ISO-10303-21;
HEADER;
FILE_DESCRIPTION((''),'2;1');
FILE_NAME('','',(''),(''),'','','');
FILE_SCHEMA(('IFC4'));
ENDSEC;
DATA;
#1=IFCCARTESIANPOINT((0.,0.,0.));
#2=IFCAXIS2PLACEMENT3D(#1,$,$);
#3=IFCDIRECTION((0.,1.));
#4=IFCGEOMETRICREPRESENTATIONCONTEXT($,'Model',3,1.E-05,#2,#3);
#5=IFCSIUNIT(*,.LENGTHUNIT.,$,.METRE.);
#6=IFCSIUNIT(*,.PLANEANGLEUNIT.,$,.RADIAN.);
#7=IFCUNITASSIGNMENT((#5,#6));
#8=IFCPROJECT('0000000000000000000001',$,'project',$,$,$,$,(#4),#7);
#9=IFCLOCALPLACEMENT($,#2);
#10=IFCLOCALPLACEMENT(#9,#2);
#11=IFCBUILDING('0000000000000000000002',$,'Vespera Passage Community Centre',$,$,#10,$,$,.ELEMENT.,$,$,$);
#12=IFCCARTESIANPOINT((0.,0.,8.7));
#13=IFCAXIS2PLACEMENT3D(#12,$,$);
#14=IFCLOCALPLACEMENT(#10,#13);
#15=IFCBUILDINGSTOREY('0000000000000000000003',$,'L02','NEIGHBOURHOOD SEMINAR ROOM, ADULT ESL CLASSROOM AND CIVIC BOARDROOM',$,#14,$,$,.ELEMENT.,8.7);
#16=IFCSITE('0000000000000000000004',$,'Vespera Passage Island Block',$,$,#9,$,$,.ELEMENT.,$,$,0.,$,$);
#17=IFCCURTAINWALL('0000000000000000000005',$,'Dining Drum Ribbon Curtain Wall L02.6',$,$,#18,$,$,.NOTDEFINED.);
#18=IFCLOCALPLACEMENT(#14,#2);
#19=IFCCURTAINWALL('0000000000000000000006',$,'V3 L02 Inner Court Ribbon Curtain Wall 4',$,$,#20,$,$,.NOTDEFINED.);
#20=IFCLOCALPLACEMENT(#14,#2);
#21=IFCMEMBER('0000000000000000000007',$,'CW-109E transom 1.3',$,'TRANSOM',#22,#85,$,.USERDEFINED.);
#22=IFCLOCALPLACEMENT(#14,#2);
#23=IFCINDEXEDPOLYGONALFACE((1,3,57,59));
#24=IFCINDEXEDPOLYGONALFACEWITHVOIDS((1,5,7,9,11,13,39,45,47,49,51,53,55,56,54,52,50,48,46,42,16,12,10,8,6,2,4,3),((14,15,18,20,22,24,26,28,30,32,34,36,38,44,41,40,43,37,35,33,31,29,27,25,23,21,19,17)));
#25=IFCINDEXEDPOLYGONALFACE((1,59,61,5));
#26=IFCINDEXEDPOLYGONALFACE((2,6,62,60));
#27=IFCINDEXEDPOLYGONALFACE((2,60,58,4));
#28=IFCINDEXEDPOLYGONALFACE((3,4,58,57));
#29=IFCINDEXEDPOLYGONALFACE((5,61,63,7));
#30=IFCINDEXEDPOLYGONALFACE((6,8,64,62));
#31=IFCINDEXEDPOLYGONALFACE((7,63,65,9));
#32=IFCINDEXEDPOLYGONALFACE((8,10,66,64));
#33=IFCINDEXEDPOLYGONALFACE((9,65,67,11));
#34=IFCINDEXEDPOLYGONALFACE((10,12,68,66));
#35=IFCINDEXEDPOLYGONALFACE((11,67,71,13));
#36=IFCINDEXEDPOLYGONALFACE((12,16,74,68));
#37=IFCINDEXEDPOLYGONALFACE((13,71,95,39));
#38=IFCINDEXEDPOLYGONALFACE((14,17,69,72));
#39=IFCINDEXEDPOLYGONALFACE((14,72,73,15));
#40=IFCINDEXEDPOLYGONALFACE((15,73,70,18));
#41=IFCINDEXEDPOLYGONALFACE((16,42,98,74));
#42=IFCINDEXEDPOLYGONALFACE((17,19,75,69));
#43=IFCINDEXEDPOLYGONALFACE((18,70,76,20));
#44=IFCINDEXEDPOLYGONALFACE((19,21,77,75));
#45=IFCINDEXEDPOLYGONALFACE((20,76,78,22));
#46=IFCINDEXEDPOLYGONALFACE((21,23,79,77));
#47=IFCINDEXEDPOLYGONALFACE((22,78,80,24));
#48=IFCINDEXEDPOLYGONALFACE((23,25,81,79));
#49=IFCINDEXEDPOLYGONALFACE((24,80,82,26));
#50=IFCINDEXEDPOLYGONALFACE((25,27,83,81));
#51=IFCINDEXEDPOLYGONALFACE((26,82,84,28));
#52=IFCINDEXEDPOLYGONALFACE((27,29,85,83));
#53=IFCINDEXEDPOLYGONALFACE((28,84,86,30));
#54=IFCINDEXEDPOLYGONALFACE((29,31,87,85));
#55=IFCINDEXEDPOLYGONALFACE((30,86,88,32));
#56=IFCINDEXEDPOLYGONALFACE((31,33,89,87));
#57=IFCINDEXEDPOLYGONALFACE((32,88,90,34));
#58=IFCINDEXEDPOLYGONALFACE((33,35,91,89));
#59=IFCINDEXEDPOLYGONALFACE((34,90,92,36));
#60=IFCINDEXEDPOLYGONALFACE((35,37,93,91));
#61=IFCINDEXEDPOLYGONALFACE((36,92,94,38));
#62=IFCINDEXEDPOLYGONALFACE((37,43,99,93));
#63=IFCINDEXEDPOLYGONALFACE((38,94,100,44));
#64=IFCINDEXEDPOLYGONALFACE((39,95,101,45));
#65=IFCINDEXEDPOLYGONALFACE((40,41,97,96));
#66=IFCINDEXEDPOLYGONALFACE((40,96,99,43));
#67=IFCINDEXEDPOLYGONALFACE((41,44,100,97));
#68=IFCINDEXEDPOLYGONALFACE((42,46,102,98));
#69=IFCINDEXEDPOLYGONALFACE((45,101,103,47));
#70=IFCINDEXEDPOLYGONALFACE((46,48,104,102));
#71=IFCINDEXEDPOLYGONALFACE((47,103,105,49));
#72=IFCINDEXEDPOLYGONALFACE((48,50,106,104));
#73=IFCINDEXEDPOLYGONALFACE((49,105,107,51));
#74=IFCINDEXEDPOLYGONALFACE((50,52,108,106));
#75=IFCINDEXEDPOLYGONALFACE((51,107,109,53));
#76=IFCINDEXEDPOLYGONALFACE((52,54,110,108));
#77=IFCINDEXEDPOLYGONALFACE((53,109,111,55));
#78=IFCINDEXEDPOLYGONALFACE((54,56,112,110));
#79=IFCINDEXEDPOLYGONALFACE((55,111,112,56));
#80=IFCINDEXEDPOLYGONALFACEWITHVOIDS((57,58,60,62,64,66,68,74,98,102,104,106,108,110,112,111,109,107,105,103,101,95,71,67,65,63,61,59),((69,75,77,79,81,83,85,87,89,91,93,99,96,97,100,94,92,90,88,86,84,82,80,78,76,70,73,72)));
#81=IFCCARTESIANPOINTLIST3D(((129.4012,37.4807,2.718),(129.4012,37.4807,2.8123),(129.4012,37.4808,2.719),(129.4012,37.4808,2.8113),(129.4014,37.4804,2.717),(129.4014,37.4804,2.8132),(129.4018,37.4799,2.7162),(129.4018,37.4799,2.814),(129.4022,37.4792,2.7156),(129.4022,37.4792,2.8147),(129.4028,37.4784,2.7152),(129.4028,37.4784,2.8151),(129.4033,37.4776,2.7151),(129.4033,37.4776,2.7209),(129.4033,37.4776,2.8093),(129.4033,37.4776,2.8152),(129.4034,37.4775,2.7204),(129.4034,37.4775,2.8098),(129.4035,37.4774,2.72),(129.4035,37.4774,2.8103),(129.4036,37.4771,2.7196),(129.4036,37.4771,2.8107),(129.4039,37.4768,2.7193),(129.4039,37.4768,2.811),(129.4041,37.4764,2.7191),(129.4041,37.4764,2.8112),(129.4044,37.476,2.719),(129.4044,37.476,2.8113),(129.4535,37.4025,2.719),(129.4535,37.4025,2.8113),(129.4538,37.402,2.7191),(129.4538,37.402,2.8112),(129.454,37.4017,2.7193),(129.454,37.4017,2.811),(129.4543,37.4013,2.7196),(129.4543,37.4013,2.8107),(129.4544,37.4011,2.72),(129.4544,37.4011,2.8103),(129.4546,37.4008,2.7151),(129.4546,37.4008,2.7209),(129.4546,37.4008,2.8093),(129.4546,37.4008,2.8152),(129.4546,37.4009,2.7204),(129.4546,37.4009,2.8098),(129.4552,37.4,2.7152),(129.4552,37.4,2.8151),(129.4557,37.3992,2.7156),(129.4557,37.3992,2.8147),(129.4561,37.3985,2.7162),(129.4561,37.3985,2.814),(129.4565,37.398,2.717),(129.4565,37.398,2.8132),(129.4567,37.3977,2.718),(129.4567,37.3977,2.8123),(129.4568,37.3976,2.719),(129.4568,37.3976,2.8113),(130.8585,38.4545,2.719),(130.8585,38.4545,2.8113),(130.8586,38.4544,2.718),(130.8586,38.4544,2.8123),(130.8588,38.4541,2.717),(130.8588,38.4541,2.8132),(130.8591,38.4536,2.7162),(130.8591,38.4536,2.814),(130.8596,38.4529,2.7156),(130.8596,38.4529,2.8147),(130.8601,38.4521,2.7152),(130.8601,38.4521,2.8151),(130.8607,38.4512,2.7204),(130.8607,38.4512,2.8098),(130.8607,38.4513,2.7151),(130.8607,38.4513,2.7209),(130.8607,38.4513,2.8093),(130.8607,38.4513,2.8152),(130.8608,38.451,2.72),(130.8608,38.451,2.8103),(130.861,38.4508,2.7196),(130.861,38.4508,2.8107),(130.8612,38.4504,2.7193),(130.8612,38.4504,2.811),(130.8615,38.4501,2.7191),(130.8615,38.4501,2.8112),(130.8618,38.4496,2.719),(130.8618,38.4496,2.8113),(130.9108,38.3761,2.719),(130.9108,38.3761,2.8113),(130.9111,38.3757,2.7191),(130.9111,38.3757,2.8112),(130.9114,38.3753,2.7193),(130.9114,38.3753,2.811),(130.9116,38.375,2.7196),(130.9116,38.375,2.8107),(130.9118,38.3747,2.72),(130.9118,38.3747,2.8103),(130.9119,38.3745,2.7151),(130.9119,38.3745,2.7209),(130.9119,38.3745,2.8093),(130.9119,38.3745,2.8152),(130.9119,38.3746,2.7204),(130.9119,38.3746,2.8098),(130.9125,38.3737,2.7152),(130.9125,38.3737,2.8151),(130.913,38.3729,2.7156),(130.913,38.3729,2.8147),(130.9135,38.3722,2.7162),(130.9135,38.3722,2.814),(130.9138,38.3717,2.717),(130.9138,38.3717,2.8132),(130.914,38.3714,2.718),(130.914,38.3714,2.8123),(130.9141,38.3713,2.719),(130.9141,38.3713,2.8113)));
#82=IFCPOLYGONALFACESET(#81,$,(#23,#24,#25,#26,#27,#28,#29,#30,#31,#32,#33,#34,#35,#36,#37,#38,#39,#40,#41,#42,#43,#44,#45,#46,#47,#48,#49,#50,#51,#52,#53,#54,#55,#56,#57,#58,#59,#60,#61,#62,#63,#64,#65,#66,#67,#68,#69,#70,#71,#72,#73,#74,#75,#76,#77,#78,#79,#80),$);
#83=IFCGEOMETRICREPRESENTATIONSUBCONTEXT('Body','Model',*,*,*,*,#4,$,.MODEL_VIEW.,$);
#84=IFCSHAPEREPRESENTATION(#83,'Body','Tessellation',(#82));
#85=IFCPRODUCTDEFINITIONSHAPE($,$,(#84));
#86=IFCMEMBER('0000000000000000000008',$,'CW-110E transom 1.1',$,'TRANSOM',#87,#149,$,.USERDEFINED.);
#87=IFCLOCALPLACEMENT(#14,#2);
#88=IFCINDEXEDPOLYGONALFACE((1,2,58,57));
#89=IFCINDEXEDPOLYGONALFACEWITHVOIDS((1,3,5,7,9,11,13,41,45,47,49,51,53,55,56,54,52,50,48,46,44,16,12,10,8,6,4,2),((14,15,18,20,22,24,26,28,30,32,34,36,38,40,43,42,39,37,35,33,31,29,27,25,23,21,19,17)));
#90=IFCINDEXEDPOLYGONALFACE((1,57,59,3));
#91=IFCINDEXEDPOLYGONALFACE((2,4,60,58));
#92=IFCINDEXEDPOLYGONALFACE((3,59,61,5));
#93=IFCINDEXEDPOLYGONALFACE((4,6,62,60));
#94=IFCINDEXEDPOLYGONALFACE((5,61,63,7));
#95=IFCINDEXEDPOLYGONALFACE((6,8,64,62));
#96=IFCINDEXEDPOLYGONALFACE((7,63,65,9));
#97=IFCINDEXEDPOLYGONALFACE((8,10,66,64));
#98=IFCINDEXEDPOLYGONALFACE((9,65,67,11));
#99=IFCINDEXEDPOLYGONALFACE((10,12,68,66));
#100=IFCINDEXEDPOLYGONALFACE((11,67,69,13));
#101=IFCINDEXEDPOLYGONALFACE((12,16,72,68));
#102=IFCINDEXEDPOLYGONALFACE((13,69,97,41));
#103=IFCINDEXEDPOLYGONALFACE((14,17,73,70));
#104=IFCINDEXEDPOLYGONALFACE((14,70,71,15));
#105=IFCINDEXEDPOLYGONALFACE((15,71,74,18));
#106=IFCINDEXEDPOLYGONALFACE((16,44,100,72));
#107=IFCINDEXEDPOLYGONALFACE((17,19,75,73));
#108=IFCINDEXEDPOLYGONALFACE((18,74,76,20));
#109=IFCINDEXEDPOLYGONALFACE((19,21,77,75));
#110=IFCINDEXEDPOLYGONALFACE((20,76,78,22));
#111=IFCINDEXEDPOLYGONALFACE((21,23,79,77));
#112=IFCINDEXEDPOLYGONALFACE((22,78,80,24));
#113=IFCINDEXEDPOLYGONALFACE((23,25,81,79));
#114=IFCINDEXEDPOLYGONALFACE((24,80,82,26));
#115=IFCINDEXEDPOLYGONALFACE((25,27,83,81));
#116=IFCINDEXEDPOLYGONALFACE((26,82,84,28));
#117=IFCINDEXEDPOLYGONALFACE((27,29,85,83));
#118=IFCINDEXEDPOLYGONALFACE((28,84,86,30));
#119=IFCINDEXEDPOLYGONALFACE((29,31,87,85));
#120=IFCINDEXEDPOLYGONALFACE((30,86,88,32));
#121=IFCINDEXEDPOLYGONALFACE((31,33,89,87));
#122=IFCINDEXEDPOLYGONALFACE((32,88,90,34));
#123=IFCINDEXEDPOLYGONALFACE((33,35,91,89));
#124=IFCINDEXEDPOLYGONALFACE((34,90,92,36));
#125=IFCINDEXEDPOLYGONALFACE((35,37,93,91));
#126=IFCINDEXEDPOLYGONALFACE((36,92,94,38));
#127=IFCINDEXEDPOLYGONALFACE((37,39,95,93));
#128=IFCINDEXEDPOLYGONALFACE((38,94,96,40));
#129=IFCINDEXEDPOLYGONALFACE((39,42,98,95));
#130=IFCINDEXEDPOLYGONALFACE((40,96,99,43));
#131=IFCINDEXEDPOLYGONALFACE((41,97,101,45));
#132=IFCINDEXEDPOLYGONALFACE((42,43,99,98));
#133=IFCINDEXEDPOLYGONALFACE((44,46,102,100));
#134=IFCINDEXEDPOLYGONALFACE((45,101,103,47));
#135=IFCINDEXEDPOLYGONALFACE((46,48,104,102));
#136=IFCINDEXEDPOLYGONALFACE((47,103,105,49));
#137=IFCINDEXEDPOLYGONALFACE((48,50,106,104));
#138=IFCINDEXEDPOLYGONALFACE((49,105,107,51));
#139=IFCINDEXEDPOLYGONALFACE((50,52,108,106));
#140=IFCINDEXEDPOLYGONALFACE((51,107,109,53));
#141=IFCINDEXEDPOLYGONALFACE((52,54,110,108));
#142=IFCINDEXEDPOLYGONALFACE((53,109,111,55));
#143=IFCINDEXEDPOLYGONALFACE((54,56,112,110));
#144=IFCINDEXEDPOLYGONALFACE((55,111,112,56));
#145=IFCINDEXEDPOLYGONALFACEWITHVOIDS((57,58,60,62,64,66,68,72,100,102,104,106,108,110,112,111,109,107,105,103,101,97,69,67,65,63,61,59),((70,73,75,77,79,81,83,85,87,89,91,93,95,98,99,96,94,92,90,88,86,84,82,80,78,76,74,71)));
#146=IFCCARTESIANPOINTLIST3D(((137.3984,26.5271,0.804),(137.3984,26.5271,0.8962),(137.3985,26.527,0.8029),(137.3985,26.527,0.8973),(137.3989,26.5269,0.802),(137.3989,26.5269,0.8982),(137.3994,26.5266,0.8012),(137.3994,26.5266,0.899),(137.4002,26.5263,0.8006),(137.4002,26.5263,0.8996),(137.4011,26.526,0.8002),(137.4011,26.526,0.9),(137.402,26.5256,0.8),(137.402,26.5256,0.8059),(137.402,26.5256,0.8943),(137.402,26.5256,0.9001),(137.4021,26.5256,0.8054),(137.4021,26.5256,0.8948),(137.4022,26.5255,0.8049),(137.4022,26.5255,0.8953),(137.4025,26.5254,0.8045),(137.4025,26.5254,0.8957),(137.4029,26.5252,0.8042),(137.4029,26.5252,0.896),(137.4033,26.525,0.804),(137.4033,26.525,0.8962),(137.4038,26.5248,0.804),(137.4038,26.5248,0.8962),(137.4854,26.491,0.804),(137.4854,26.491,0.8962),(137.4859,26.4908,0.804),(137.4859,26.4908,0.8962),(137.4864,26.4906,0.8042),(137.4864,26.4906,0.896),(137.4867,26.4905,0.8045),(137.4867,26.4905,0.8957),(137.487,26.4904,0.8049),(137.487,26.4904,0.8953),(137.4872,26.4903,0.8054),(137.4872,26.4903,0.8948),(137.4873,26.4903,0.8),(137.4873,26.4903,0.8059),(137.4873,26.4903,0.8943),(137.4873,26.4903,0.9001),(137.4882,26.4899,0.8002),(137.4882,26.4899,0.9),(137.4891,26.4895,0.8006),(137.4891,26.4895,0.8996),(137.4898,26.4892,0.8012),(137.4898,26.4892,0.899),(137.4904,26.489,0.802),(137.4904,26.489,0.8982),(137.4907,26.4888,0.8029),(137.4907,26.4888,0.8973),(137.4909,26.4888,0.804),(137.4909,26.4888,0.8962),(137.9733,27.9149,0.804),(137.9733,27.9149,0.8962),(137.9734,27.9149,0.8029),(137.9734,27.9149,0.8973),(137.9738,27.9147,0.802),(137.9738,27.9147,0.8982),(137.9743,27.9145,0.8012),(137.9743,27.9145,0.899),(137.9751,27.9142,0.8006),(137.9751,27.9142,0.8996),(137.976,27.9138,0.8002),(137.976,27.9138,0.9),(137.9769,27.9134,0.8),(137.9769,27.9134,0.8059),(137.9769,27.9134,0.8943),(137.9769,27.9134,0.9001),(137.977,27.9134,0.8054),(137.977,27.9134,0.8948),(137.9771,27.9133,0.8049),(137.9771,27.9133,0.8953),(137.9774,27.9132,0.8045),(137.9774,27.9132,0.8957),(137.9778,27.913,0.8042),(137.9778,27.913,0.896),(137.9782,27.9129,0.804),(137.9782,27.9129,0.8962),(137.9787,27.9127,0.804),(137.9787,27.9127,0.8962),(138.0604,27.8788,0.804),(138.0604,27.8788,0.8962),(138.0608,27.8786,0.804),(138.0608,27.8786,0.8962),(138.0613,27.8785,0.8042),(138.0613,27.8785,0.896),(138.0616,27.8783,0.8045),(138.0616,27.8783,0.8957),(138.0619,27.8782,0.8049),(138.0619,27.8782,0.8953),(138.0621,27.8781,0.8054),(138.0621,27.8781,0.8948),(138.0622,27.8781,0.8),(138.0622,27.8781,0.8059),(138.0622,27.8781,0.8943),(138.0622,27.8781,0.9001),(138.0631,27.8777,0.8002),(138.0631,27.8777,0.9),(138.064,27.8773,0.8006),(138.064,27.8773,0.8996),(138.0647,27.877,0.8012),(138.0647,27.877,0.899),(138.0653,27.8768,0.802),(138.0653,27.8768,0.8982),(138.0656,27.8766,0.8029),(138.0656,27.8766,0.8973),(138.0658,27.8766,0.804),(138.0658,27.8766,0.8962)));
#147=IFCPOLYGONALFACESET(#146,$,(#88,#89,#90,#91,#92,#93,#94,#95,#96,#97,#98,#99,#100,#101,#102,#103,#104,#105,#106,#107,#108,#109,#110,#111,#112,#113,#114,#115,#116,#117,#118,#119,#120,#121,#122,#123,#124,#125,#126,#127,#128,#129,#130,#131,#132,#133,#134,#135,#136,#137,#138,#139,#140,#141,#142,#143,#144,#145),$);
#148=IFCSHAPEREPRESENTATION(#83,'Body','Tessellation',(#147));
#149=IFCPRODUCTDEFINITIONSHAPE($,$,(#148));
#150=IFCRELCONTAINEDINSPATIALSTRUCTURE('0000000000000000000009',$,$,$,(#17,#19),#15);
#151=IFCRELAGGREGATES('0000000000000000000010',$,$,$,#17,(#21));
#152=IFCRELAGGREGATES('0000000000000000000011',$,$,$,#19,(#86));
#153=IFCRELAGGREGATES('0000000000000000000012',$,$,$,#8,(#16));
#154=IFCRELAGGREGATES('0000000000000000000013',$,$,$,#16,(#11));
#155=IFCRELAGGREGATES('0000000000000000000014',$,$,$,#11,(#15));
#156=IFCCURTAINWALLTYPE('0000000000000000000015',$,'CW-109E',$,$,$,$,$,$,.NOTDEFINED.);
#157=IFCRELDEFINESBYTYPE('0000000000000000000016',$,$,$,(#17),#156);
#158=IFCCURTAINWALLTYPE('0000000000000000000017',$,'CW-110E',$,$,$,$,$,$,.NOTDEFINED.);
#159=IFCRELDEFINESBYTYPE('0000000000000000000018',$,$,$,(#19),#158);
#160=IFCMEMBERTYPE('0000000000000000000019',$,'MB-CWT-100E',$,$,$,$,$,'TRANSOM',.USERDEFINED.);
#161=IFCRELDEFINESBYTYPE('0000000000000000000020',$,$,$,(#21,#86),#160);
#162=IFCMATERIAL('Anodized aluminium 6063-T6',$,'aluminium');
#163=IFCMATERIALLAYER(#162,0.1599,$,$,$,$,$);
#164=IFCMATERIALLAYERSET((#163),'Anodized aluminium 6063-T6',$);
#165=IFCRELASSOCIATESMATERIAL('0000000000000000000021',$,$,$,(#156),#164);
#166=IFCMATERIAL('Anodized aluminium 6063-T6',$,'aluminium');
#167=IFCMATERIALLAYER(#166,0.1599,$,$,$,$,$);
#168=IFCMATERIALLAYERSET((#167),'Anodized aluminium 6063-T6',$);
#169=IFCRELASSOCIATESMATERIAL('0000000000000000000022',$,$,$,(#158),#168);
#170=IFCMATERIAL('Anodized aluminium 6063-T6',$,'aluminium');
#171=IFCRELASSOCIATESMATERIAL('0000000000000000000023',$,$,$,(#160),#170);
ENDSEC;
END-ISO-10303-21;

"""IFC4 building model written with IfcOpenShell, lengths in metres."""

from ifc_helpers import new_model, si_unit, direction, frame, origin, origin_2d, place, context, subcontext, project, spatial, hollow_rectangle, extrude, material, layer, layer_set, material_profile, profile_set, type_object, element, aggregate, save


model = new_model("IFC4")

# Units and contexts
model_context = context("Model", 3, precision=1e-05, world=origin(), true_north=direction((0.0, 1.0)))
body_context = subcontext(model_context, "Body", "Model", "MODEL_VIEW")
ifc_project = project(units=[si_unit("LENGTHUNIT", "METRE"), si_unit("PLANEANGLEUNIT", "RADIAN")], contexts=[model_context])

# Site, building, storey
site_placement = place(None, origin())
site = spatial("IfcSite", under=ifc_project, at=site_placement, Name="Vespera Passage Island Block", CompositionType="ELEMENT", RefElevation=0.0)
building_placement = place(site_placement, origin())
building = spatial("IfcBuilding", under=site, at=building_placement, Name="Vespera Passage Community Centre", CompositionType="ELEMENT")
storey_placement = place(building_placement, frame((0.0, 0.0, 8.7)))
storey = spatial("IfcBuildingStorey", under=building, at=storey_placement, Name="L02", Description="NEIGHBOURHOOD SEMINAR ROOM, ADULT ESL CLASSROOM AND CIVIC BOARDROOM", CompositionType="ELEMENT", Elevation=8.7)

# Curtain wall
ifc_material_1 = material(Name="Anodized aluminium 6063-T6", Category="aluminium")
ifc_layer_1 = layer(ifc_material_1, 0.1599)
ifc_layer_set_1 = layer_set([ifc_layer_1], Name="Anodized aluminium 6063-T6")
curtain_wall_type_1 = type_object("IfcCurtainWallType", Name="CW-109E", PredefinedType="NOTDEFINED", material=ifc_layer_set_1)
curtain_wall_1_placement = place(storey_placement, origin())
curtain_wall_1 = element("IfcCurtainWall", 1, at=curtain_wall_1_placement, inside=storey, type_object=curtain_wall_type_1, Name="Dining Drum Ribbon Curtain Wall L02.6", PredefinedType="NOTDEFINED")
ifc_material_2 = material(Name="Anodized aluminium 6063-T6", Category="aluminium")
ifc_layer_2 = layer(ifc_material_2, 0.1599)
ifc_layer_set_2 = layer_set([ifc_layer_2], Name="Anodized aluminium 6063-T6")
curtain_wall_type_2 = type_object("IfcCurtainWallType", Name="CW-110E", PredefinedType="NOTDEFINED", material=ifc_layer_set_2)

# Curtain wall
curtain_wall_2_placement = place(storey_placement, origin())
curtain_wall_2 = element("IfcCurtainWall", 2, at=curtain_wall_2_placement, inside=storey, type_object=curtain_wall_type_2, Name="V3 L02 Inner Court Ribbon Curtain Wall 4", PredefinedType="NOTDEFINED")

# Members
ifc_material_3 = material(Name="Anodized aluminium 6063-T6", Category="aluminium")
ifc_material_profile_1 = material_profile(ifc_material_3, hollow_rectangle(XDim=0.1001, YDim=0.1001, WallThickness=0.0039, InnerFilletRadius=0.002, OuterFilletRadius=0.0039, at=origin_2d()), Name="ALU100X100X4")
ifc_profile_set_1 = profile_set([ifc_material_profile_1], Name="Anodized aluminium 6063-T6")
member_type_1 = type_object("IfcMemberType", Name="MB-CWT-100E", ElementType="TRANSOM", PredefinedType="USERDEFINED", material=ifc_profile_set_1)
member_1_placement = place(storey_placement, frame((129.429, 37.4392, 2.7651), z_axis=(0.831493, 0.555536, 0.0), x_axis=(-0.555536, 0.831493, 0.0)))
member_1 = element("IfcMember", 3, at=member_1_placement, type_object=member_type_1, Name="CW-109E transom 1.3", ObjectType="TRANSOM", PredefinedType="USERDEFINED", context=body_context, shape_type="SweptSolid", body=[
    extrude(hollow_rectangle(XDim=0.1001, YDim=0.1001, WallThickness=0.0039, InnerFilletRadius=0.002, OuterFilletRadius=0.0039, at=origin_2d()), origin(), (0.0, 0.0, 1.0), 1.7527),
])
aggregate(curtain_wall_1, [member_1])
member_2_placement = place(storey_placement, frame((138.0195, 27.8958, 0.8501), z_axis=(-0.382711, -0.923868, 0.0), x_axis=(0.923868, -0.382711, 0.0)))
member_2 = element("IfcMember", 4, at=member_2_placement, type_object=member_type_1, Name="CW-110E transom 1.1", ObjectType="TRANSOM", PredefinedType="USERDEFINED", context=body_context, shape_type="SweptSolid", body=[
    extrude(hollow_rectangle(XDim=0.1001, YDim=0.1001, WallThickness=0.0039, InnerFilletRadius=0.002, OuterFilletRadius=0.0039, at=origin_2d()), origin(), (0.0, 0.0, 1.0), 1.5022),
])

aggregate(curtain_wall_2, [member_2])

save(model, "model.ifc")
